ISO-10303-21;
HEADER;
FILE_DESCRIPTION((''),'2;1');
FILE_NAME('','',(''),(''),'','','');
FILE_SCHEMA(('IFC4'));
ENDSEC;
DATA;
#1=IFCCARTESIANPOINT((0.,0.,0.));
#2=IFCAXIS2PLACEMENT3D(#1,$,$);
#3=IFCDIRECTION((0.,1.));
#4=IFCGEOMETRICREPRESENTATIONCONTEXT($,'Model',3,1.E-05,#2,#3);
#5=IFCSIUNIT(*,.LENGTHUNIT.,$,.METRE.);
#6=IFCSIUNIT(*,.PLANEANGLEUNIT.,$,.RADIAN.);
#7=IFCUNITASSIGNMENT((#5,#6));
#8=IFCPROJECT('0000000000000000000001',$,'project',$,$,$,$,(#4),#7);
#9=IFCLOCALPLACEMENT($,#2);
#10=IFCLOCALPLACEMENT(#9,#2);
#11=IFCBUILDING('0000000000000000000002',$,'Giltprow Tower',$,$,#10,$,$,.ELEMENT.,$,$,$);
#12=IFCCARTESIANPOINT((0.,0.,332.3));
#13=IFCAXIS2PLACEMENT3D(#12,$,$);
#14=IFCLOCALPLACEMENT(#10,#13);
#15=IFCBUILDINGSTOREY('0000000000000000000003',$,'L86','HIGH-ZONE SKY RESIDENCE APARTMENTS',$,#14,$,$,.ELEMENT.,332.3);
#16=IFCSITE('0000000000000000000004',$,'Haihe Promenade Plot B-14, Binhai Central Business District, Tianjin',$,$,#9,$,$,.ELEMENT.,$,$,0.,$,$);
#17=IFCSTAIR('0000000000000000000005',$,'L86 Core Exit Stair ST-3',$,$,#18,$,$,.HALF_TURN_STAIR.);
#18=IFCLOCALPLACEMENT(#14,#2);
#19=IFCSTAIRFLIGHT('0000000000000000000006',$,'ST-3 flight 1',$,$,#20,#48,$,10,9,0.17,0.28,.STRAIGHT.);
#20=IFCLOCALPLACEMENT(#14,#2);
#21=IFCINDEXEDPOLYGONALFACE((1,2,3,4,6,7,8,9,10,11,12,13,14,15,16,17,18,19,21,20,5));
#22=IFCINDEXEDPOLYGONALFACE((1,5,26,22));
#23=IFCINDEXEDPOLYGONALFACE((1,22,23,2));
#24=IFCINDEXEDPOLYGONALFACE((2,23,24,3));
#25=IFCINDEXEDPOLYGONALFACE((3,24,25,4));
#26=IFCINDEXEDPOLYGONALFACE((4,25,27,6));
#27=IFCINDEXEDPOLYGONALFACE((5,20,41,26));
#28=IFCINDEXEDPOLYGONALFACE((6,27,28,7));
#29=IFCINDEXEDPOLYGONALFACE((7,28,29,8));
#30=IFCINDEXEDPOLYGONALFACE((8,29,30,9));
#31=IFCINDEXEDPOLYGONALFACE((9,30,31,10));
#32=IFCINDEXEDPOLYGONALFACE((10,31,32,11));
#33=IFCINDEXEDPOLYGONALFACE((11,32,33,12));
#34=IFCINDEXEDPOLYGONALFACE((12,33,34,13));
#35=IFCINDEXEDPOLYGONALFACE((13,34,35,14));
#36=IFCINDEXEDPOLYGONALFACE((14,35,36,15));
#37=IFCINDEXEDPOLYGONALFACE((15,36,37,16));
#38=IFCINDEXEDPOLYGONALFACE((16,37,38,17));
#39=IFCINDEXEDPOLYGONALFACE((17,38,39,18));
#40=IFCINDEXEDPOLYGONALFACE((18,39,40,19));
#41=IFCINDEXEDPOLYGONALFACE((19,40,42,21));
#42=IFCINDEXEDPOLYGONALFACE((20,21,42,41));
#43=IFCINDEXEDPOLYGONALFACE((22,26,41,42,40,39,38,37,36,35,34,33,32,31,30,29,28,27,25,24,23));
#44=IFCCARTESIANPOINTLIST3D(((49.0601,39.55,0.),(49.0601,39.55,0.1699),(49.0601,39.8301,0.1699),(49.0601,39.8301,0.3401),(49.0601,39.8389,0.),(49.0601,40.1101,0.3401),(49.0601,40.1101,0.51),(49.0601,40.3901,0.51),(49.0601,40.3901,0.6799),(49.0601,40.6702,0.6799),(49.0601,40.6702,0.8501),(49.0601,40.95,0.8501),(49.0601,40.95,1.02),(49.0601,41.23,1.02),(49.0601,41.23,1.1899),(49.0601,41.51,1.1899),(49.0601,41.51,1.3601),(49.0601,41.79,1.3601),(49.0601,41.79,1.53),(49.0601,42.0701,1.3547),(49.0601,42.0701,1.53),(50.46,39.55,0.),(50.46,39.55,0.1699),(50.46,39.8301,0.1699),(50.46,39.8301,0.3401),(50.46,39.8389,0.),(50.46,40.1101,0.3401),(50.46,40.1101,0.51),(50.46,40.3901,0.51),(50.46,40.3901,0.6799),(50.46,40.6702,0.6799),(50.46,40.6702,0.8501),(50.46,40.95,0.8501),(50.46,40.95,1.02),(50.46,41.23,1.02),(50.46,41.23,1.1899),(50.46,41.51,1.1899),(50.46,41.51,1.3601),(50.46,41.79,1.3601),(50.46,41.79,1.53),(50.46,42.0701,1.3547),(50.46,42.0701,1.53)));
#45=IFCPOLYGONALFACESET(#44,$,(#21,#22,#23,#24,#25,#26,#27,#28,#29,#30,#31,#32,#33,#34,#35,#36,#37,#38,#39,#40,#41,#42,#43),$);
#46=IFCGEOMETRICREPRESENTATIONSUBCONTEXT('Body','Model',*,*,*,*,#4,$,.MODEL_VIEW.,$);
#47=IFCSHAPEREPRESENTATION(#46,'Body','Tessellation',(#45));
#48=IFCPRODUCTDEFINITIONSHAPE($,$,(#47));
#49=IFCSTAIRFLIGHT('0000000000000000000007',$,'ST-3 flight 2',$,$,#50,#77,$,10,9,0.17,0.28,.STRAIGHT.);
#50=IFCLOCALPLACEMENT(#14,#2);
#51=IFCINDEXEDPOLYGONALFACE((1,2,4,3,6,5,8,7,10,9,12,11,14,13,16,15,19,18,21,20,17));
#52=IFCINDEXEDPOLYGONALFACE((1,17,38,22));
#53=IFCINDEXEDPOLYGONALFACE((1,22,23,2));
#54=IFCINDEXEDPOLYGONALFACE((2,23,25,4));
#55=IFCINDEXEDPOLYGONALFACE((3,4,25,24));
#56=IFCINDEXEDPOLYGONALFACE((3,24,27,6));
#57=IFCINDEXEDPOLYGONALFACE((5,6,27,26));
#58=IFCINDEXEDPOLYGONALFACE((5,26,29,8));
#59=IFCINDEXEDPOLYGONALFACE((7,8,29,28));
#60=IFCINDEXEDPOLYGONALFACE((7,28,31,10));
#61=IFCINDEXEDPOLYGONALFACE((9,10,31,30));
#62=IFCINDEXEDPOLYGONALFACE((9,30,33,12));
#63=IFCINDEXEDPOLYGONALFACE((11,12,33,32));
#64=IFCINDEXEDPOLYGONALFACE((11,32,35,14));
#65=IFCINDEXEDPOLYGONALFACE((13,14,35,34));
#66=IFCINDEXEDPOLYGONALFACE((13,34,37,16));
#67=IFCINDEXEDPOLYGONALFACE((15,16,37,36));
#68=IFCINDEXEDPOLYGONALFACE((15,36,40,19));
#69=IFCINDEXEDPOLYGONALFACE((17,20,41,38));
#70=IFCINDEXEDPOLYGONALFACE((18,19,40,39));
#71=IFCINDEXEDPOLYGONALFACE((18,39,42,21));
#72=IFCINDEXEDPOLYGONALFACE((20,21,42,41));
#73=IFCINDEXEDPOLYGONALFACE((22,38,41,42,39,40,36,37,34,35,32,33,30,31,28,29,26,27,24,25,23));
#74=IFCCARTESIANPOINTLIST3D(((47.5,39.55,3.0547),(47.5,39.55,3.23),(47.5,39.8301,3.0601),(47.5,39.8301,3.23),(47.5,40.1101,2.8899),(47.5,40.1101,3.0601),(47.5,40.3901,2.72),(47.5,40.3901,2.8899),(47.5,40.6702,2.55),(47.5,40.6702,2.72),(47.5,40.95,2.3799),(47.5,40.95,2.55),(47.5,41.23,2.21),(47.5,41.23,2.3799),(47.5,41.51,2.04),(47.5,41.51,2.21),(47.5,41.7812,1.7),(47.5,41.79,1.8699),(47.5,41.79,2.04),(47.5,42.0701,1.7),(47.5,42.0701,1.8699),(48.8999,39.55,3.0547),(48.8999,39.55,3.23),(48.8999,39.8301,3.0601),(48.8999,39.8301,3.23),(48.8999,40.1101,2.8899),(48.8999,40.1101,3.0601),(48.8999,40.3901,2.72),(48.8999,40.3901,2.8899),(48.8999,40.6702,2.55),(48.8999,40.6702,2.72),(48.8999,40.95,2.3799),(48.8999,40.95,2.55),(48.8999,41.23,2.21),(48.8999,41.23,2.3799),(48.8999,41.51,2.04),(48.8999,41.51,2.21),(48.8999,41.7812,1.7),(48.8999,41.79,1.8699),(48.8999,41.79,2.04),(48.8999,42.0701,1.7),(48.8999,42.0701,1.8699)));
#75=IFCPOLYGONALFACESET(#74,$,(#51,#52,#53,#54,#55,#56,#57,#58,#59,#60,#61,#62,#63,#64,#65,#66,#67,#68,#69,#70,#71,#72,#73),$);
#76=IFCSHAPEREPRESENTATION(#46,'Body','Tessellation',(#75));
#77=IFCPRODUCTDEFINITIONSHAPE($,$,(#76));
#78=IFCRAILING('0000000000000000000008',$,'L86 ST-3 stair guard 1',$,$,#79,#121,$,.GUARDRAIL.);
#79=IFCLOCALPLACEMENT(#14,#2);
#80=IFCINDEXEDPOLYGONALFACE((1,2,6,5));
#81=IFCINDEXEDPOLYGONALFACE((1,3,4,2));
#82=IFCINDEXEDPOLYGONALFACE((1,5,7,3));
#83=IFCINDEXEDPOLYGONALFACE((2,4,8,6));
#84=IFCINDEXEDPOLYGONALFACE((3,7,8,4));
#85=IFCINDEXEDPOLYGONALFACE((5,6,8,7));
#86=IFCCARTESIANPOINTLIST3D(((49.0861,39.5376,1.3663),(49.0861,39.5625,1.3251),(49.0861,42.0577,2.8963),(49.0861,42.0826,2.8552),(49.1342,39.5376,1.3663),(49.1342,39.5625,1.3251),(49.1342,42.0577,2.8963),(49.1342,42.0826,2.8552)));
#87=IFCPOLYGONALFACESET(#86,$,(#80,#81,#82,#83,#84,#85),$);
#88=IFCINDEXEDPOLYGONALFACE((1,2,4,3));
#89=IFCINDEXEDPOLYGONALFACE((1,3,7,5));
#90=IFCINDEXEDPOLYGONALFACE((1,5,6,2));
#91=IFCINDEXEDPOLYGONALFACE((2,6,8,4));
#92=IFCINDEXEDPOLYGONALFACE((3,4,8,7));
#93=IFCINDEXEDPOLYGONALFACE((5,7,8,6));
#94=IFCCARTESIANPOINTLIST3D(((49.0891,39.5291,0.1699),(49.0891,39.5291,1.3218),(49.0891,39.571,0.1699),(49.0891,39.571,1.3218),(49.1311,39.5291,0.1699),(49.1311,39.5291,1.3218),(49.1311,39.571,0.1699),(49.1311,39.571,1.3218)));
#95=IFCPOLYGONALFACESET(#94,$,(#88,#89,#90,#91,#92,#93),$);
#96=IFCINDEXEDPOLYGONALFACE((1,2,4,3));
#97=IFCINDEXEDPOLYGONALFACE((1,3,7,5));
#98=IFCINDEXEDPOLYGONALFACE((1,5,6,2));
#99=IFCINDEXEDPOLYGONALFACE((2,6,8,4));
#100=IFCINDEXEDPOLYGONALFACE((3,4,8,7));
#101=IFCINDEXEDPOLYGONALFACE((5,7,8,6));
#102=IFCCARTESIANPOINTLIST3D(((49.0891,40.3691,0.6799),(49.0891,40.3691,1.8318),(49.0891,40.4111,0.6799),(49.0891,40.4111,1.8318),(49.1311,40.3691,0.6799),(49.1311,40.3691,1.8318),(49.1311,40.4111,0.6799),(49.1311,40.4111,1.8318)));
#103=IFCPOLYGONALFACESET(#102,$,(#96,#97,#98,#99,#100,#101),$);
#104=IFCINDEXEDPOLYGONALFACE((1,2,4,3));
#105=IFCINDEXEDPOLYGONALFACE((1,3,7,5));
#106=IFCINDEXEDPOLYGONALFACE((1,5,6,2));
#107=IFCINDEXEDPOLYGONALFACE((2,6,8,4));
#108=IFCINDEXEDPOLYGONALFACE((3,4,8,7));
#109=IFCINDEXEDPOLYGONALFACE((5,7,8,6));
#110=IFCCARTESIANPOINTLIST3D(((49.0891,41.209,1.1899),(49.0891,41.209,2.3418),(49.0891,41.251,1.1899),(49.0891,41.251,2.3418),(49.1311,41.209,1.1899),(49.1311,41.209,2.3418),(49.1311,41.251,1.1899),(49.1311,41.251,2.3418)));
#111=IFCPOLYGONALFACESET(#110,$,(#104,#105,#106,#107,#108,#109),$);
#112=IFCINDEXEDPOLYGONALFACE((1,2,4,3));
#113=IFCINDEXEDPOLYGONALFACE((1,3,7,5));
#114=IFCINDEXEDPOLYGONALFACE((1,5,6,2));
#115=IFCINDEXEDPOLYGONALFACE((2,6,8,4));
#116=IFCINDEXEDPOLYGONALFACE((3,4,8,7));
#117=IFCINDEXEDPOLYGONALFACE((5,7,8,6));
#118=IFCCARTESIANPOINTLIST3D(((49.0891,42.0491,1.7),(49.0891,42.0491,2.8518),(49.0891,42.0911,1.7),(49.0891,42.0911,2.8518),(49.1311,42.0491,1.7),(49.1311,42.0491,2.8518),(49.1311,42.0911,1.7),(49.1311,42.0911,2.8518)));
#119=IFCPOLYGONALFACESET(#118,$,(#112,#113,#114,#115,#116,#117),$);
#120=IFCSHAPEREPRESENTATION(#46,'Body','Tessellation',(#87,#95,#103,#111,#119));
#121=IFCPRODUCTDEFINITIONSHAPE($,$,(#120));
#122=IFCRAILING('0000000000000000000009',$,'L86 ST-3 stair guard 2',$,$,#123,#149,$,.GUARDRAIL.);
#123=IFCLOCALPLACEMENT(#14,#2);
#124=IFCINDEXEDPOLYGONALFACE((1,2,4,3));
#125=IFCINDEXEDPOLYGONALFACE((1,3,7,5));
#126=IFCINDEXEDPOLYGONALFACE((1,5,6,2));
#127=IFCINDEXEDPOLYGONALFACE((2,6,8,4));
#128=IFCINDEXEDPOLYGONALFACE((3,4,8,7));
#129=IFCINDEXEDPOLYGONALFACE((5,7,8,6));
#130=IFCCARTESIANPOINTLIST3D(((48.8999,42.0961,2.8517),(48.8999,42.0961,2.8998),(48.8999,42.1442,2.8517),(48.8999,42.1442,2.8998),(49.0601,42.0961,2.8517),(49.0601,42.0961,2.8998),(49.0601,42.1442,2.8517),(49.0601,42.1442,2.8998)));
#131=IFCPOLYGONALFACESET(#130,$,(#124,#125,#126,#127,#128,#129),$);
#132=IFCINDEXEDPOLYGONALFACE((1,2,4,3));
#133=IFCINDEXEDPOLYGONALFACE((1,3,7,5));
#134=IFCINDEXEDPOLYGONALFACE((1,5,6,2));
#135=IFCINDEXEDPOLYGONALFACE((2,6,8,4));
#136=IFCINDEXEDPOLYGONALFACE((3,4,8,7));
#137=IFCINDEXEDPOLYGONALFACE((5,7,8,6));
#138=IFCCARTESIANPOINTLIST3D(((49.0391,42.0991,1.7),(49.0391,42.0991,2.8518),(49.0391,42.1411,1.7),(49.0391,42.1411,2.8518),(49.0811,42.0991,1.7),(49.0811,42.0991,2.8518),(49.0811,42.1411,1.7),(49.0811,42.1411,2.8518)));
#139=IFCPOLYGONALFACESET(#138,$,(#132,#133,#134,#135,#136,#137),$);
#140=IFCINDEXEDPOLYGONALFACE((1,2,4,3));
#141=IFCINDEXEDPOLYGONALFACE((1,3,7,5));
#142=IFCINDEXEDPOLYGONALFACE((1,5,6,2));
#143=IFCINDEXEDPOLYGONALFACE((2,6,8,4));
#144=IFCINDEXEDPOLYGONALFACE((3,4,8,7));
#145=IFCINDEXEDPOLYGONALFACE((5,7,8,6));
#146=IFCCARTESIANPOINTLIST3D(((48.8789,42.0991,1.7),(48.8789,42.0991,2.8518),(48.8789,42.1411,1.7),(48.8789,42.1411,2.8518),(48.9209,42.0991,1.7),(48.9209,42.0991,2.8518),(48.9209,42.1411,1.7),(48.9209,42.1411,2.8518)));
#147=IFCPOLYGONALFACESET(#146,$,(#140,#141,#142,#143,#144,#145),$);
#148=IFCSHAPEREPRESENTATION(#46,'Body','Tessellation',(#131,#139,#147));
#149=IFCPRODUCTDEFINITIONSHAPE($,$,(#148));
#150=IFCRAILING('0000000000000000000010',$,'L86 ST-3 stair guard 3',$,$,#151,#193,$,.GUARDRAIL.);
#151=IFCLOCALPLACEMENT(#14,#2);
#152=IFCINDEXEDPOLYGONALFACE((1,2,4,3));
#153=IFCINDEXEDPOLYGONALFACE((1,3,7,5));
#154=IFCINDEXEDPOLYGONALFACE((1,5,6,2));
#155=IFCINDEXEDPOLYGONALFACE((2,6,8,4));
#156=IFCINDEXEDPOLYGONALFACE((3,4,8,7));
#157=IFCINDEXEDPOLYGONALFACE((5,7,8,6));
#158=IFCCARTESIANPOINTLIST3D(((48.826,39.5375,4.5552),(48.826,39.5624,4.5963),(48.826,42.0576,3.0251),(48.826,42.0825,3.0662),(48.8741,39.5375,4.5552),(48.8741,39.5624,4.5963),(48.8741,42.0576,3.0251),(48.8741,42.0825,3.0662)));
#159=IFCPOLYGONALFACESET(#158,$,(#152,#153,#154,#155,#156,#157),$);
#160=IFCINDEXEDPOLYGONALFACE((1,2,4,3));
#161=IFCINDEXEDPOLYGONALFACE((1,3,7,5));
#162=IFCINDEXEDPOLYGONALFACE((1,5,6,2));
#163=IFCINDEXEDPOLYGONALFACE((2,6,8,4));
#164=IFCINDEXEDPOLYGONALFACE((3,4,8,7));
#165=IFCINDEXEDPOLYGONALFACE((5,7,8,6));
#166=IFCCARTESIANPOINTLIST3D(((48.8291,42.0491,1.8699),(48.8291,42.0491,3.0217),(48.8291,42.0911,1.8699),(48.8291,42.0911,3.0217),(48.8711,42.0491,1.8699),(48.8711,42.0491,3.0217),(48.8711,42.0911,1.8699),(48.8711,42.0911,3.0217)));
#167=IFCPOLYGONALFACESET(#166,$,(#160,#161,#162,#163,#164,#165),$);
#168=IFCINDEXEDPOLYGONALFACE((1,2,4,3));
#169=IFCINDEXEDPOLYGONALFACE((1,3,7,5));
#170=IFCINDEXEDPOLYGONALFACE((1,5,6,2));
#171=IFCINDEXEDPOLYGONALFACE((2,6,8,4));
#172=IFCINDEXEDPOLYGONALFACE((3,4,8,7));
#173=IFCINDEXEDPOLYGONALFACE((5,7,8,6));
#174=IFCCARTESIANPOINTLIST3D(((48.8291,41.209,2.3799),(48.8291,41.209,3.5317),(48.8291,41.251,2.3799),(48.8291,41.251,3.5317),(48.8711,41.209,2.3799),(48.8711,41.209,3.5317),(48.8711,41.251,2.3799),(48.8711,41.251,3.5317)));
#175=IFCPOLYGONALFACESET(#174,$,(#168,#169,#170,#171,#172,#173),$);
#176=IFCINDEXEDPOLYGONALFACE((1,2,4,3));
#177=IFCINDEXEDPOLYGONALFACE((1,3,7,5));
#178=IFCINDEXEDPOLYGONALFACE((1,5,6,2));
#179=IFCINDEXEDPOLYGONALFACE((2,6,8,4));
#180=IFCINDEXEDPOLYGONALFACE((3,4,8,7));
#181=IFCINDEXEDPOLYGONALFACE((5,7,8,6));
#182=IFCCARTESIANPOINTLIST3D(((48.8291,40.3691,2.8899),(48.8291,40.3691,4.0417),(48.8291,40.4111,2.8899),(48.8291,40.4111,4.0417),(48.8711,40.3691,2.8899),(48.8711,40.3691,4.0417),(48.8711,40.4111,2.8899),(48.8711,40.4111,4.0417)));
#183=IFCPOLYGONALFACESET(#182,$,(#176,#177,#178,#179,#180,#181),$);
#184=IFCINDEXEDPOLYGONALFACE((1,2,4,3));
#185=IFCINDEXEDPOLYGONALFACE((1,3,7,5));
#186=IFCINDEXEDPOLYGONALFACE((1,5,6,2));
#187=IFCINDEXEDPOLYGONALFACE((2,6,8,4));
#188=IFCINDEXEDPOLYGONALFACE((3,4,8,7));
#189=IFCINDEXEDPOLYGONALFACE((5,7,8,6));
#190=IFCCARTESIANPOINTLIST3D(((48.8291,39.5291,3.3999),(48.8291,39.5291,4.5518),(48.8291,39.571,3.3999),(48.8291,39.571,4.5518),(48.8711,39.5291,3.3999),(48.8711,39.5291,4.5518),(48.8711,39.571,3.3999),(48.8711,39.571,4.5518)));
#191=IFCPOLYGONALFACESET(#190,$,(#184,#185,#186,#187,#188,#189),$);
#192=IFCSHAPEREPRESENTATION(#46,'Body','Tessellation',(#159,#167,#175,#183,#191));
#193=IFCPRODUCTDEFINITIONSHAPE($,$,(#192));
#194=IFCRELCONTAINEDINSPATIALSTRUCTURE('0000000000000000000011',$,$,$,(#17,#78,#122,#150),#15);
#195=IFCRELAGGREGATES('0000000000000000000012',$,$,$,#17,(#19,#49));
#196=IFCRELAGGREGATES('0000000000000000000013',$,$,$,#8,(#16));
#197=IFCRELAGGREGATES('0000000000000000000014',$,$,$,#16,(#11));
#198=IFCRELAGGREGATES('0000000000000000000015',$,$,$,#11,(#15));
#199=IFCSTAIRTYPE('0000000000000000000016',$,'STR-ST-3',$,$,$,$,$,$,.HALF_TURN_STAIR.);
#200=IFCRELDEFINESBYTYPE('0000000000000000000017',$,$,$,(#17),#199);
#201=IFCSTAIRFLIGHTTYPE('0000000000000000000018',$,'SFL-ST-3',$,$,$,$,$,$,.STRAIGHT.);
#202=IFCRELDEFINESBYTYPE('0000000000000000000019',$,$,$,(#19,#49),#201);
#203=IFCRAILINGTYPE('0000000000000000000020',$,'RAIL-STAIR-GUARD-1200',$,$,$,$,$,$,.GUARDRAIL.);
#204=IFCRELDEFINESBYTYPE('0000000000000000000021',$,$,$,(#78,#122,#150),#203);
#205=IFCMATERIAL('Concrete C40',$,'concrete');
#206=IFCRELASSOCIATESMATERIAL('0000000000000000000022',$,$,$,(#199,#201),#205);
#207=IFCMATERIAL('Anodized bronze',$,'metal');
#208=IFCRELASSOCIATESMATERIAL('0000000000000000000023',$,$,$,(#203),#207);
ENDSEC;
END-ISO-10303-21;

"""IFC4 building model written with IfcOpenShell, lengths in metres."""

from ifc_helpers import new_model, si_unit, direction, frame, origin, origin_2d, place, context, subcontext, project, spatial, polyline, rectangle, outline, extrude, material, type_object, element, aggregate, save


model = new_model("IFC4")

# Units and contexts
model_context = context("Model", 3, precision=1e-05, world=origin(), true_north=direction((0.0, 1.0)))
body_context = subcontext(model_context, "Body", "Model", "MODEL_VIEW")
ifc_project = project(units=[si_unit("LENGTHUNIT", "METRE"), si_unit("PLANEANGLEUNIT", "RADIAN")], contexts=[model_context])

# Site, building, storey
site_placement = place(None, origin())
site = spatial("IfcSite", under=ifc_project, at=site_placement, Name="Haihe Promenade Plot B-14, Binhai Central Business District, Tianjin", CompositionType="ELEMENT", RefElevation=0.0)
building_placement = place(site_placement, origin())
building = spatial("IfcBuilding", under=site, at=building_placement, Name="Giltprow Tower", CompositionType="ELEMENT")
storey_placement = place(building_placement, frame((0.0, 0.0, 332.3)))
storey = spatial("IfcBuildingStorey", under=building, at=storey_placement, Name="L86", Description="HIGH-ZONE SKY RESIDENCE APARTMENTS", CompositionType="ELEMENT", Elevation=332.3)

# Shared definitions
ifc_material_1 = material(Name="Concrete C40", Category="concrete")

# Stair, stair flights
stair_type = type_object("IfcStairType", Name="STR-ST-3", PredefinedType="HALF_TURN_STAIR", material=ifc_material_1)
stair_placement = place(storey_placement, origin())
stair = element("IfcStair", 1, at=stair_placement, inside=storey, type_object=stair_type, Name="L86 Core Exit Stair ST-3", PredefinedType="HALF_TURN_STAIR")
stair_flight_type = type_object("IfcStairFlightType", Name="SFL-ST-3", PredefinedType="STRAIGHT", material=ifc_material_1)
stair_flight_1_placement = place(storey_placement, frame((49.76, 39.55, 0.0), z_axis=(0.0, 0.0, 1.0), x_axis=(0.0, 1.0, 0.0)))
stair_flight_1 = element("IfcStairFlight", 2, at=stair_flight_1_placement, type_object=stair_flight_type, Name="ST-3 flight 1", NumberOfRisers=10, NumberOfTreads=9, PredefinedType="STRAIGHT", RiserHeight=0.17, TreadLength=0.28, context=body_context, shape_type="SweptSolid", body=[
    extrude(outline(polyline([(0.0, 0.0), (0.0, 0.1699), (0.28, 0.1699), (0.28, 0.3401), (0.5601, 0.3401), (0.5601, 0.51), (0.8401, 0.51), (0.8401, 0.6799), (1.1201, 0.6799), (1.1201, 0.8501), (1.3999, 0.8501), (1.3999, 1.02), (1.6799, 1.02), (1.6799, 1.1899), (1.96, 1.1899), (1.96, 1.3601), (2.24, 1.3601), (2.24, 1.53), (2.52, 1.53), (2.52, 1.7), (2.52, 1.3547), (0.2888, 0.0), (0.0, 0.0)])), frame((0.0, 0.7, 0.0), z_axis=(0.0, -1.0, 0.0), x_axis=(1.0, 0.0, 0.0)), (0.0, 0.0, 1.0), 1.3999),
])
stair_flight_2_placement = place(storey_placement, frame((48.2, 42.0701, 1.7), z_axis=(0.0, 0.0, 1.0), x_axis=(0.0, -1.0, 0.0)))
stair_flight_2 = element("IfcStairFlight", 3, at=stair_flight_2_placement, type_object=stair_flight_type, Name="ST-3 flight 2", NumberOfRisers=10, NumberOfTreads=9, PredefinedType="STRAIGHT", RiserHeight=0.17, TreadLength=0.28, context=body_context, shape_type="SweptSolid", body=[
    extrude(outline(polyline([(0.0, 0.0), (0.0, 0.1699), (0.28, 0.1699), (0.28, 0.3401), (0.5601, 0.3401), (0.5601, 0.51), (0.8401, 0.51), (0.8401, 0.6799), (1.1201, 0.6799), (1.1201, 0.8501), (1.3999, 0.8501), (1.3999, 1.02), (1.6799, 1.02), (1.6799, 1.1899), (1.96, 1.1899), (1.96, 1.3601), (2.24, 1.3601), (2.24, 1.53), (2.52, 1.53), (2.52, 1.7), (2.52, 1.3547), (0.2888, 0.0), (0.0, 0.0)])), frame((0.0, 0.7, 0.0), z_axis=(0.0, -1.0, 0.0), x_axis=(1.0, 0.0, 0.0)), (0.0, 0.0, 1.0), 1.3999),
])
aggregate(stair, [stair_flight_1, stair_flight_2])

# Railings
ifc_material_2 = material(Name="Anodized bronze", Category="metal")
railing_type_1 = type_object("IfcRailingType", Name="RAIL-STAIR-GUARD-1200", PredefinedType="GUARDRAIL", material=ifc_material_2)
railing_1_placement = place(storey_placement, frame((49.1101, 39.55, 0.1699)))
element("IfcRailing", 4, at=railing_1_placement, inside=storey, type_object=railing_type_1, Name="L86 ST-3 stair guard 1", PredefinedType="GUARDRAIL", context=body_context, shape_type="SweptSolid", body=[
    extrude(rectangle(XDim=0.0481, YDim=0.0481, at=origin_2d()), frame((0.0, 0.0, 1.1758), z_axis=(0.0, 0.854785, 0.518982), x_axis=(-1.0, 0.0, 0.0)), (0.0, 0.0, 1.0), 2.9482),
    extrude(rectangle(XDim=0.042, YDim=0.042, at=origin_2d()), origin(), (0.0, 0.0, 1.0), 1.1519),
    extrude(rectangle(XDim=0.042, YDim=0.042, at=origin_2d()), frame((0.0, 0.8401, 0.51)), (0.0, 0.0, 1.0), 1.1519),
    extrude(rectangle(XDim=0.042, YDim=0.042, at=origin_2d()), frame((0.0, 1.6799, 1.02)), (0.0, 0.0, 1.0), 1.1519),
    extrude(rectangle(XDim=0.042, YDim=0.042, at=origin_2d()), frame((0.0, 2.52, 1.53)), (0.0, 0.0, 1.0), 1.1519),
])
railing_2_placement = place(storey_placement, frame((49.0601, 42.1201, 1.7)))
element("IfcRailing", 5, at=railing_2_placement, inside=storey, type_object=railing_type_1, Name="L86 ST-3 stair guard 2", PredefinedType="GUARDRAIL", context=body_context, shape_type="SweptSolid", body=[
    extrude(rectangle(XDim=0.0481, YDim=0.0481, at=origin_2d()), frame((0.0, 0.0, 1.1758), z_axis=(-1.0, 0.0, 0.0), x_axis=(0.0, -1.0, 0.0)), (0.0, 0.0, 1.0), 0.1602),
    extrude(rectangle(XDim=0.042, YDim=0.042, at=origin_2d()), origin(), (0.0, 0.0, 1.0), 1.1519),
    extrude(rectangle(XDim=0.042, YDim=0.042, at=origin_2d()), frame((-0.1602, 0.0, 0.0)), (0.0, 0.0, 1.0), 1.1519),
])
railing_3_placement = place(storey_placement, frame((48.8501, 42.0701, 1.8699)))
element("IfcRailing", 6, at=railing_3_placement, inside=storey, type_object=railing_type_1, Name="L86 ST-3 stair guard 3", PredefinedType="GUARDRAIL", context=body_context, shape_type="SweptSolid", body=[
    extrude(rectangle(XDim=0.0481, YDim=0.0481, at=origin_2d()), frame((0.0, 0.0, 1.1758), z_axis=(0.0, -0.854785, 0.518982), x_axis=(1.0, 0.0, 0.0)), (0.0, 0.0, 1.0), 2.9482),
    extrude(rectangle(XDim=0.042, YDim=0.042, at=origin_2d()), origin(), (0.0, 0.0, 1.0), 1.1519),
    extrude(rectangle(XDim=0.042, YDim=0.042, at=origin_2d()), frame((0.0, -0.8401, 0.51)), (0.0, 0.0, 1.0), 1.1519),
    extrude(rectangle(XDim=0.042, YDim=0.042, at=origin_2d()), frame((0.0, -1.6799, 1.02)), (0.0, 0.0, 1.0), 1.1519),
    extrude(rectangle(XDim=0.042, YDim=0.042, at=origin_2d()), frame((0.0, -2.52, 1.53)), (0.0, 0.0, 1.0), 1.1519),
])

save(model, "model.ifc")
